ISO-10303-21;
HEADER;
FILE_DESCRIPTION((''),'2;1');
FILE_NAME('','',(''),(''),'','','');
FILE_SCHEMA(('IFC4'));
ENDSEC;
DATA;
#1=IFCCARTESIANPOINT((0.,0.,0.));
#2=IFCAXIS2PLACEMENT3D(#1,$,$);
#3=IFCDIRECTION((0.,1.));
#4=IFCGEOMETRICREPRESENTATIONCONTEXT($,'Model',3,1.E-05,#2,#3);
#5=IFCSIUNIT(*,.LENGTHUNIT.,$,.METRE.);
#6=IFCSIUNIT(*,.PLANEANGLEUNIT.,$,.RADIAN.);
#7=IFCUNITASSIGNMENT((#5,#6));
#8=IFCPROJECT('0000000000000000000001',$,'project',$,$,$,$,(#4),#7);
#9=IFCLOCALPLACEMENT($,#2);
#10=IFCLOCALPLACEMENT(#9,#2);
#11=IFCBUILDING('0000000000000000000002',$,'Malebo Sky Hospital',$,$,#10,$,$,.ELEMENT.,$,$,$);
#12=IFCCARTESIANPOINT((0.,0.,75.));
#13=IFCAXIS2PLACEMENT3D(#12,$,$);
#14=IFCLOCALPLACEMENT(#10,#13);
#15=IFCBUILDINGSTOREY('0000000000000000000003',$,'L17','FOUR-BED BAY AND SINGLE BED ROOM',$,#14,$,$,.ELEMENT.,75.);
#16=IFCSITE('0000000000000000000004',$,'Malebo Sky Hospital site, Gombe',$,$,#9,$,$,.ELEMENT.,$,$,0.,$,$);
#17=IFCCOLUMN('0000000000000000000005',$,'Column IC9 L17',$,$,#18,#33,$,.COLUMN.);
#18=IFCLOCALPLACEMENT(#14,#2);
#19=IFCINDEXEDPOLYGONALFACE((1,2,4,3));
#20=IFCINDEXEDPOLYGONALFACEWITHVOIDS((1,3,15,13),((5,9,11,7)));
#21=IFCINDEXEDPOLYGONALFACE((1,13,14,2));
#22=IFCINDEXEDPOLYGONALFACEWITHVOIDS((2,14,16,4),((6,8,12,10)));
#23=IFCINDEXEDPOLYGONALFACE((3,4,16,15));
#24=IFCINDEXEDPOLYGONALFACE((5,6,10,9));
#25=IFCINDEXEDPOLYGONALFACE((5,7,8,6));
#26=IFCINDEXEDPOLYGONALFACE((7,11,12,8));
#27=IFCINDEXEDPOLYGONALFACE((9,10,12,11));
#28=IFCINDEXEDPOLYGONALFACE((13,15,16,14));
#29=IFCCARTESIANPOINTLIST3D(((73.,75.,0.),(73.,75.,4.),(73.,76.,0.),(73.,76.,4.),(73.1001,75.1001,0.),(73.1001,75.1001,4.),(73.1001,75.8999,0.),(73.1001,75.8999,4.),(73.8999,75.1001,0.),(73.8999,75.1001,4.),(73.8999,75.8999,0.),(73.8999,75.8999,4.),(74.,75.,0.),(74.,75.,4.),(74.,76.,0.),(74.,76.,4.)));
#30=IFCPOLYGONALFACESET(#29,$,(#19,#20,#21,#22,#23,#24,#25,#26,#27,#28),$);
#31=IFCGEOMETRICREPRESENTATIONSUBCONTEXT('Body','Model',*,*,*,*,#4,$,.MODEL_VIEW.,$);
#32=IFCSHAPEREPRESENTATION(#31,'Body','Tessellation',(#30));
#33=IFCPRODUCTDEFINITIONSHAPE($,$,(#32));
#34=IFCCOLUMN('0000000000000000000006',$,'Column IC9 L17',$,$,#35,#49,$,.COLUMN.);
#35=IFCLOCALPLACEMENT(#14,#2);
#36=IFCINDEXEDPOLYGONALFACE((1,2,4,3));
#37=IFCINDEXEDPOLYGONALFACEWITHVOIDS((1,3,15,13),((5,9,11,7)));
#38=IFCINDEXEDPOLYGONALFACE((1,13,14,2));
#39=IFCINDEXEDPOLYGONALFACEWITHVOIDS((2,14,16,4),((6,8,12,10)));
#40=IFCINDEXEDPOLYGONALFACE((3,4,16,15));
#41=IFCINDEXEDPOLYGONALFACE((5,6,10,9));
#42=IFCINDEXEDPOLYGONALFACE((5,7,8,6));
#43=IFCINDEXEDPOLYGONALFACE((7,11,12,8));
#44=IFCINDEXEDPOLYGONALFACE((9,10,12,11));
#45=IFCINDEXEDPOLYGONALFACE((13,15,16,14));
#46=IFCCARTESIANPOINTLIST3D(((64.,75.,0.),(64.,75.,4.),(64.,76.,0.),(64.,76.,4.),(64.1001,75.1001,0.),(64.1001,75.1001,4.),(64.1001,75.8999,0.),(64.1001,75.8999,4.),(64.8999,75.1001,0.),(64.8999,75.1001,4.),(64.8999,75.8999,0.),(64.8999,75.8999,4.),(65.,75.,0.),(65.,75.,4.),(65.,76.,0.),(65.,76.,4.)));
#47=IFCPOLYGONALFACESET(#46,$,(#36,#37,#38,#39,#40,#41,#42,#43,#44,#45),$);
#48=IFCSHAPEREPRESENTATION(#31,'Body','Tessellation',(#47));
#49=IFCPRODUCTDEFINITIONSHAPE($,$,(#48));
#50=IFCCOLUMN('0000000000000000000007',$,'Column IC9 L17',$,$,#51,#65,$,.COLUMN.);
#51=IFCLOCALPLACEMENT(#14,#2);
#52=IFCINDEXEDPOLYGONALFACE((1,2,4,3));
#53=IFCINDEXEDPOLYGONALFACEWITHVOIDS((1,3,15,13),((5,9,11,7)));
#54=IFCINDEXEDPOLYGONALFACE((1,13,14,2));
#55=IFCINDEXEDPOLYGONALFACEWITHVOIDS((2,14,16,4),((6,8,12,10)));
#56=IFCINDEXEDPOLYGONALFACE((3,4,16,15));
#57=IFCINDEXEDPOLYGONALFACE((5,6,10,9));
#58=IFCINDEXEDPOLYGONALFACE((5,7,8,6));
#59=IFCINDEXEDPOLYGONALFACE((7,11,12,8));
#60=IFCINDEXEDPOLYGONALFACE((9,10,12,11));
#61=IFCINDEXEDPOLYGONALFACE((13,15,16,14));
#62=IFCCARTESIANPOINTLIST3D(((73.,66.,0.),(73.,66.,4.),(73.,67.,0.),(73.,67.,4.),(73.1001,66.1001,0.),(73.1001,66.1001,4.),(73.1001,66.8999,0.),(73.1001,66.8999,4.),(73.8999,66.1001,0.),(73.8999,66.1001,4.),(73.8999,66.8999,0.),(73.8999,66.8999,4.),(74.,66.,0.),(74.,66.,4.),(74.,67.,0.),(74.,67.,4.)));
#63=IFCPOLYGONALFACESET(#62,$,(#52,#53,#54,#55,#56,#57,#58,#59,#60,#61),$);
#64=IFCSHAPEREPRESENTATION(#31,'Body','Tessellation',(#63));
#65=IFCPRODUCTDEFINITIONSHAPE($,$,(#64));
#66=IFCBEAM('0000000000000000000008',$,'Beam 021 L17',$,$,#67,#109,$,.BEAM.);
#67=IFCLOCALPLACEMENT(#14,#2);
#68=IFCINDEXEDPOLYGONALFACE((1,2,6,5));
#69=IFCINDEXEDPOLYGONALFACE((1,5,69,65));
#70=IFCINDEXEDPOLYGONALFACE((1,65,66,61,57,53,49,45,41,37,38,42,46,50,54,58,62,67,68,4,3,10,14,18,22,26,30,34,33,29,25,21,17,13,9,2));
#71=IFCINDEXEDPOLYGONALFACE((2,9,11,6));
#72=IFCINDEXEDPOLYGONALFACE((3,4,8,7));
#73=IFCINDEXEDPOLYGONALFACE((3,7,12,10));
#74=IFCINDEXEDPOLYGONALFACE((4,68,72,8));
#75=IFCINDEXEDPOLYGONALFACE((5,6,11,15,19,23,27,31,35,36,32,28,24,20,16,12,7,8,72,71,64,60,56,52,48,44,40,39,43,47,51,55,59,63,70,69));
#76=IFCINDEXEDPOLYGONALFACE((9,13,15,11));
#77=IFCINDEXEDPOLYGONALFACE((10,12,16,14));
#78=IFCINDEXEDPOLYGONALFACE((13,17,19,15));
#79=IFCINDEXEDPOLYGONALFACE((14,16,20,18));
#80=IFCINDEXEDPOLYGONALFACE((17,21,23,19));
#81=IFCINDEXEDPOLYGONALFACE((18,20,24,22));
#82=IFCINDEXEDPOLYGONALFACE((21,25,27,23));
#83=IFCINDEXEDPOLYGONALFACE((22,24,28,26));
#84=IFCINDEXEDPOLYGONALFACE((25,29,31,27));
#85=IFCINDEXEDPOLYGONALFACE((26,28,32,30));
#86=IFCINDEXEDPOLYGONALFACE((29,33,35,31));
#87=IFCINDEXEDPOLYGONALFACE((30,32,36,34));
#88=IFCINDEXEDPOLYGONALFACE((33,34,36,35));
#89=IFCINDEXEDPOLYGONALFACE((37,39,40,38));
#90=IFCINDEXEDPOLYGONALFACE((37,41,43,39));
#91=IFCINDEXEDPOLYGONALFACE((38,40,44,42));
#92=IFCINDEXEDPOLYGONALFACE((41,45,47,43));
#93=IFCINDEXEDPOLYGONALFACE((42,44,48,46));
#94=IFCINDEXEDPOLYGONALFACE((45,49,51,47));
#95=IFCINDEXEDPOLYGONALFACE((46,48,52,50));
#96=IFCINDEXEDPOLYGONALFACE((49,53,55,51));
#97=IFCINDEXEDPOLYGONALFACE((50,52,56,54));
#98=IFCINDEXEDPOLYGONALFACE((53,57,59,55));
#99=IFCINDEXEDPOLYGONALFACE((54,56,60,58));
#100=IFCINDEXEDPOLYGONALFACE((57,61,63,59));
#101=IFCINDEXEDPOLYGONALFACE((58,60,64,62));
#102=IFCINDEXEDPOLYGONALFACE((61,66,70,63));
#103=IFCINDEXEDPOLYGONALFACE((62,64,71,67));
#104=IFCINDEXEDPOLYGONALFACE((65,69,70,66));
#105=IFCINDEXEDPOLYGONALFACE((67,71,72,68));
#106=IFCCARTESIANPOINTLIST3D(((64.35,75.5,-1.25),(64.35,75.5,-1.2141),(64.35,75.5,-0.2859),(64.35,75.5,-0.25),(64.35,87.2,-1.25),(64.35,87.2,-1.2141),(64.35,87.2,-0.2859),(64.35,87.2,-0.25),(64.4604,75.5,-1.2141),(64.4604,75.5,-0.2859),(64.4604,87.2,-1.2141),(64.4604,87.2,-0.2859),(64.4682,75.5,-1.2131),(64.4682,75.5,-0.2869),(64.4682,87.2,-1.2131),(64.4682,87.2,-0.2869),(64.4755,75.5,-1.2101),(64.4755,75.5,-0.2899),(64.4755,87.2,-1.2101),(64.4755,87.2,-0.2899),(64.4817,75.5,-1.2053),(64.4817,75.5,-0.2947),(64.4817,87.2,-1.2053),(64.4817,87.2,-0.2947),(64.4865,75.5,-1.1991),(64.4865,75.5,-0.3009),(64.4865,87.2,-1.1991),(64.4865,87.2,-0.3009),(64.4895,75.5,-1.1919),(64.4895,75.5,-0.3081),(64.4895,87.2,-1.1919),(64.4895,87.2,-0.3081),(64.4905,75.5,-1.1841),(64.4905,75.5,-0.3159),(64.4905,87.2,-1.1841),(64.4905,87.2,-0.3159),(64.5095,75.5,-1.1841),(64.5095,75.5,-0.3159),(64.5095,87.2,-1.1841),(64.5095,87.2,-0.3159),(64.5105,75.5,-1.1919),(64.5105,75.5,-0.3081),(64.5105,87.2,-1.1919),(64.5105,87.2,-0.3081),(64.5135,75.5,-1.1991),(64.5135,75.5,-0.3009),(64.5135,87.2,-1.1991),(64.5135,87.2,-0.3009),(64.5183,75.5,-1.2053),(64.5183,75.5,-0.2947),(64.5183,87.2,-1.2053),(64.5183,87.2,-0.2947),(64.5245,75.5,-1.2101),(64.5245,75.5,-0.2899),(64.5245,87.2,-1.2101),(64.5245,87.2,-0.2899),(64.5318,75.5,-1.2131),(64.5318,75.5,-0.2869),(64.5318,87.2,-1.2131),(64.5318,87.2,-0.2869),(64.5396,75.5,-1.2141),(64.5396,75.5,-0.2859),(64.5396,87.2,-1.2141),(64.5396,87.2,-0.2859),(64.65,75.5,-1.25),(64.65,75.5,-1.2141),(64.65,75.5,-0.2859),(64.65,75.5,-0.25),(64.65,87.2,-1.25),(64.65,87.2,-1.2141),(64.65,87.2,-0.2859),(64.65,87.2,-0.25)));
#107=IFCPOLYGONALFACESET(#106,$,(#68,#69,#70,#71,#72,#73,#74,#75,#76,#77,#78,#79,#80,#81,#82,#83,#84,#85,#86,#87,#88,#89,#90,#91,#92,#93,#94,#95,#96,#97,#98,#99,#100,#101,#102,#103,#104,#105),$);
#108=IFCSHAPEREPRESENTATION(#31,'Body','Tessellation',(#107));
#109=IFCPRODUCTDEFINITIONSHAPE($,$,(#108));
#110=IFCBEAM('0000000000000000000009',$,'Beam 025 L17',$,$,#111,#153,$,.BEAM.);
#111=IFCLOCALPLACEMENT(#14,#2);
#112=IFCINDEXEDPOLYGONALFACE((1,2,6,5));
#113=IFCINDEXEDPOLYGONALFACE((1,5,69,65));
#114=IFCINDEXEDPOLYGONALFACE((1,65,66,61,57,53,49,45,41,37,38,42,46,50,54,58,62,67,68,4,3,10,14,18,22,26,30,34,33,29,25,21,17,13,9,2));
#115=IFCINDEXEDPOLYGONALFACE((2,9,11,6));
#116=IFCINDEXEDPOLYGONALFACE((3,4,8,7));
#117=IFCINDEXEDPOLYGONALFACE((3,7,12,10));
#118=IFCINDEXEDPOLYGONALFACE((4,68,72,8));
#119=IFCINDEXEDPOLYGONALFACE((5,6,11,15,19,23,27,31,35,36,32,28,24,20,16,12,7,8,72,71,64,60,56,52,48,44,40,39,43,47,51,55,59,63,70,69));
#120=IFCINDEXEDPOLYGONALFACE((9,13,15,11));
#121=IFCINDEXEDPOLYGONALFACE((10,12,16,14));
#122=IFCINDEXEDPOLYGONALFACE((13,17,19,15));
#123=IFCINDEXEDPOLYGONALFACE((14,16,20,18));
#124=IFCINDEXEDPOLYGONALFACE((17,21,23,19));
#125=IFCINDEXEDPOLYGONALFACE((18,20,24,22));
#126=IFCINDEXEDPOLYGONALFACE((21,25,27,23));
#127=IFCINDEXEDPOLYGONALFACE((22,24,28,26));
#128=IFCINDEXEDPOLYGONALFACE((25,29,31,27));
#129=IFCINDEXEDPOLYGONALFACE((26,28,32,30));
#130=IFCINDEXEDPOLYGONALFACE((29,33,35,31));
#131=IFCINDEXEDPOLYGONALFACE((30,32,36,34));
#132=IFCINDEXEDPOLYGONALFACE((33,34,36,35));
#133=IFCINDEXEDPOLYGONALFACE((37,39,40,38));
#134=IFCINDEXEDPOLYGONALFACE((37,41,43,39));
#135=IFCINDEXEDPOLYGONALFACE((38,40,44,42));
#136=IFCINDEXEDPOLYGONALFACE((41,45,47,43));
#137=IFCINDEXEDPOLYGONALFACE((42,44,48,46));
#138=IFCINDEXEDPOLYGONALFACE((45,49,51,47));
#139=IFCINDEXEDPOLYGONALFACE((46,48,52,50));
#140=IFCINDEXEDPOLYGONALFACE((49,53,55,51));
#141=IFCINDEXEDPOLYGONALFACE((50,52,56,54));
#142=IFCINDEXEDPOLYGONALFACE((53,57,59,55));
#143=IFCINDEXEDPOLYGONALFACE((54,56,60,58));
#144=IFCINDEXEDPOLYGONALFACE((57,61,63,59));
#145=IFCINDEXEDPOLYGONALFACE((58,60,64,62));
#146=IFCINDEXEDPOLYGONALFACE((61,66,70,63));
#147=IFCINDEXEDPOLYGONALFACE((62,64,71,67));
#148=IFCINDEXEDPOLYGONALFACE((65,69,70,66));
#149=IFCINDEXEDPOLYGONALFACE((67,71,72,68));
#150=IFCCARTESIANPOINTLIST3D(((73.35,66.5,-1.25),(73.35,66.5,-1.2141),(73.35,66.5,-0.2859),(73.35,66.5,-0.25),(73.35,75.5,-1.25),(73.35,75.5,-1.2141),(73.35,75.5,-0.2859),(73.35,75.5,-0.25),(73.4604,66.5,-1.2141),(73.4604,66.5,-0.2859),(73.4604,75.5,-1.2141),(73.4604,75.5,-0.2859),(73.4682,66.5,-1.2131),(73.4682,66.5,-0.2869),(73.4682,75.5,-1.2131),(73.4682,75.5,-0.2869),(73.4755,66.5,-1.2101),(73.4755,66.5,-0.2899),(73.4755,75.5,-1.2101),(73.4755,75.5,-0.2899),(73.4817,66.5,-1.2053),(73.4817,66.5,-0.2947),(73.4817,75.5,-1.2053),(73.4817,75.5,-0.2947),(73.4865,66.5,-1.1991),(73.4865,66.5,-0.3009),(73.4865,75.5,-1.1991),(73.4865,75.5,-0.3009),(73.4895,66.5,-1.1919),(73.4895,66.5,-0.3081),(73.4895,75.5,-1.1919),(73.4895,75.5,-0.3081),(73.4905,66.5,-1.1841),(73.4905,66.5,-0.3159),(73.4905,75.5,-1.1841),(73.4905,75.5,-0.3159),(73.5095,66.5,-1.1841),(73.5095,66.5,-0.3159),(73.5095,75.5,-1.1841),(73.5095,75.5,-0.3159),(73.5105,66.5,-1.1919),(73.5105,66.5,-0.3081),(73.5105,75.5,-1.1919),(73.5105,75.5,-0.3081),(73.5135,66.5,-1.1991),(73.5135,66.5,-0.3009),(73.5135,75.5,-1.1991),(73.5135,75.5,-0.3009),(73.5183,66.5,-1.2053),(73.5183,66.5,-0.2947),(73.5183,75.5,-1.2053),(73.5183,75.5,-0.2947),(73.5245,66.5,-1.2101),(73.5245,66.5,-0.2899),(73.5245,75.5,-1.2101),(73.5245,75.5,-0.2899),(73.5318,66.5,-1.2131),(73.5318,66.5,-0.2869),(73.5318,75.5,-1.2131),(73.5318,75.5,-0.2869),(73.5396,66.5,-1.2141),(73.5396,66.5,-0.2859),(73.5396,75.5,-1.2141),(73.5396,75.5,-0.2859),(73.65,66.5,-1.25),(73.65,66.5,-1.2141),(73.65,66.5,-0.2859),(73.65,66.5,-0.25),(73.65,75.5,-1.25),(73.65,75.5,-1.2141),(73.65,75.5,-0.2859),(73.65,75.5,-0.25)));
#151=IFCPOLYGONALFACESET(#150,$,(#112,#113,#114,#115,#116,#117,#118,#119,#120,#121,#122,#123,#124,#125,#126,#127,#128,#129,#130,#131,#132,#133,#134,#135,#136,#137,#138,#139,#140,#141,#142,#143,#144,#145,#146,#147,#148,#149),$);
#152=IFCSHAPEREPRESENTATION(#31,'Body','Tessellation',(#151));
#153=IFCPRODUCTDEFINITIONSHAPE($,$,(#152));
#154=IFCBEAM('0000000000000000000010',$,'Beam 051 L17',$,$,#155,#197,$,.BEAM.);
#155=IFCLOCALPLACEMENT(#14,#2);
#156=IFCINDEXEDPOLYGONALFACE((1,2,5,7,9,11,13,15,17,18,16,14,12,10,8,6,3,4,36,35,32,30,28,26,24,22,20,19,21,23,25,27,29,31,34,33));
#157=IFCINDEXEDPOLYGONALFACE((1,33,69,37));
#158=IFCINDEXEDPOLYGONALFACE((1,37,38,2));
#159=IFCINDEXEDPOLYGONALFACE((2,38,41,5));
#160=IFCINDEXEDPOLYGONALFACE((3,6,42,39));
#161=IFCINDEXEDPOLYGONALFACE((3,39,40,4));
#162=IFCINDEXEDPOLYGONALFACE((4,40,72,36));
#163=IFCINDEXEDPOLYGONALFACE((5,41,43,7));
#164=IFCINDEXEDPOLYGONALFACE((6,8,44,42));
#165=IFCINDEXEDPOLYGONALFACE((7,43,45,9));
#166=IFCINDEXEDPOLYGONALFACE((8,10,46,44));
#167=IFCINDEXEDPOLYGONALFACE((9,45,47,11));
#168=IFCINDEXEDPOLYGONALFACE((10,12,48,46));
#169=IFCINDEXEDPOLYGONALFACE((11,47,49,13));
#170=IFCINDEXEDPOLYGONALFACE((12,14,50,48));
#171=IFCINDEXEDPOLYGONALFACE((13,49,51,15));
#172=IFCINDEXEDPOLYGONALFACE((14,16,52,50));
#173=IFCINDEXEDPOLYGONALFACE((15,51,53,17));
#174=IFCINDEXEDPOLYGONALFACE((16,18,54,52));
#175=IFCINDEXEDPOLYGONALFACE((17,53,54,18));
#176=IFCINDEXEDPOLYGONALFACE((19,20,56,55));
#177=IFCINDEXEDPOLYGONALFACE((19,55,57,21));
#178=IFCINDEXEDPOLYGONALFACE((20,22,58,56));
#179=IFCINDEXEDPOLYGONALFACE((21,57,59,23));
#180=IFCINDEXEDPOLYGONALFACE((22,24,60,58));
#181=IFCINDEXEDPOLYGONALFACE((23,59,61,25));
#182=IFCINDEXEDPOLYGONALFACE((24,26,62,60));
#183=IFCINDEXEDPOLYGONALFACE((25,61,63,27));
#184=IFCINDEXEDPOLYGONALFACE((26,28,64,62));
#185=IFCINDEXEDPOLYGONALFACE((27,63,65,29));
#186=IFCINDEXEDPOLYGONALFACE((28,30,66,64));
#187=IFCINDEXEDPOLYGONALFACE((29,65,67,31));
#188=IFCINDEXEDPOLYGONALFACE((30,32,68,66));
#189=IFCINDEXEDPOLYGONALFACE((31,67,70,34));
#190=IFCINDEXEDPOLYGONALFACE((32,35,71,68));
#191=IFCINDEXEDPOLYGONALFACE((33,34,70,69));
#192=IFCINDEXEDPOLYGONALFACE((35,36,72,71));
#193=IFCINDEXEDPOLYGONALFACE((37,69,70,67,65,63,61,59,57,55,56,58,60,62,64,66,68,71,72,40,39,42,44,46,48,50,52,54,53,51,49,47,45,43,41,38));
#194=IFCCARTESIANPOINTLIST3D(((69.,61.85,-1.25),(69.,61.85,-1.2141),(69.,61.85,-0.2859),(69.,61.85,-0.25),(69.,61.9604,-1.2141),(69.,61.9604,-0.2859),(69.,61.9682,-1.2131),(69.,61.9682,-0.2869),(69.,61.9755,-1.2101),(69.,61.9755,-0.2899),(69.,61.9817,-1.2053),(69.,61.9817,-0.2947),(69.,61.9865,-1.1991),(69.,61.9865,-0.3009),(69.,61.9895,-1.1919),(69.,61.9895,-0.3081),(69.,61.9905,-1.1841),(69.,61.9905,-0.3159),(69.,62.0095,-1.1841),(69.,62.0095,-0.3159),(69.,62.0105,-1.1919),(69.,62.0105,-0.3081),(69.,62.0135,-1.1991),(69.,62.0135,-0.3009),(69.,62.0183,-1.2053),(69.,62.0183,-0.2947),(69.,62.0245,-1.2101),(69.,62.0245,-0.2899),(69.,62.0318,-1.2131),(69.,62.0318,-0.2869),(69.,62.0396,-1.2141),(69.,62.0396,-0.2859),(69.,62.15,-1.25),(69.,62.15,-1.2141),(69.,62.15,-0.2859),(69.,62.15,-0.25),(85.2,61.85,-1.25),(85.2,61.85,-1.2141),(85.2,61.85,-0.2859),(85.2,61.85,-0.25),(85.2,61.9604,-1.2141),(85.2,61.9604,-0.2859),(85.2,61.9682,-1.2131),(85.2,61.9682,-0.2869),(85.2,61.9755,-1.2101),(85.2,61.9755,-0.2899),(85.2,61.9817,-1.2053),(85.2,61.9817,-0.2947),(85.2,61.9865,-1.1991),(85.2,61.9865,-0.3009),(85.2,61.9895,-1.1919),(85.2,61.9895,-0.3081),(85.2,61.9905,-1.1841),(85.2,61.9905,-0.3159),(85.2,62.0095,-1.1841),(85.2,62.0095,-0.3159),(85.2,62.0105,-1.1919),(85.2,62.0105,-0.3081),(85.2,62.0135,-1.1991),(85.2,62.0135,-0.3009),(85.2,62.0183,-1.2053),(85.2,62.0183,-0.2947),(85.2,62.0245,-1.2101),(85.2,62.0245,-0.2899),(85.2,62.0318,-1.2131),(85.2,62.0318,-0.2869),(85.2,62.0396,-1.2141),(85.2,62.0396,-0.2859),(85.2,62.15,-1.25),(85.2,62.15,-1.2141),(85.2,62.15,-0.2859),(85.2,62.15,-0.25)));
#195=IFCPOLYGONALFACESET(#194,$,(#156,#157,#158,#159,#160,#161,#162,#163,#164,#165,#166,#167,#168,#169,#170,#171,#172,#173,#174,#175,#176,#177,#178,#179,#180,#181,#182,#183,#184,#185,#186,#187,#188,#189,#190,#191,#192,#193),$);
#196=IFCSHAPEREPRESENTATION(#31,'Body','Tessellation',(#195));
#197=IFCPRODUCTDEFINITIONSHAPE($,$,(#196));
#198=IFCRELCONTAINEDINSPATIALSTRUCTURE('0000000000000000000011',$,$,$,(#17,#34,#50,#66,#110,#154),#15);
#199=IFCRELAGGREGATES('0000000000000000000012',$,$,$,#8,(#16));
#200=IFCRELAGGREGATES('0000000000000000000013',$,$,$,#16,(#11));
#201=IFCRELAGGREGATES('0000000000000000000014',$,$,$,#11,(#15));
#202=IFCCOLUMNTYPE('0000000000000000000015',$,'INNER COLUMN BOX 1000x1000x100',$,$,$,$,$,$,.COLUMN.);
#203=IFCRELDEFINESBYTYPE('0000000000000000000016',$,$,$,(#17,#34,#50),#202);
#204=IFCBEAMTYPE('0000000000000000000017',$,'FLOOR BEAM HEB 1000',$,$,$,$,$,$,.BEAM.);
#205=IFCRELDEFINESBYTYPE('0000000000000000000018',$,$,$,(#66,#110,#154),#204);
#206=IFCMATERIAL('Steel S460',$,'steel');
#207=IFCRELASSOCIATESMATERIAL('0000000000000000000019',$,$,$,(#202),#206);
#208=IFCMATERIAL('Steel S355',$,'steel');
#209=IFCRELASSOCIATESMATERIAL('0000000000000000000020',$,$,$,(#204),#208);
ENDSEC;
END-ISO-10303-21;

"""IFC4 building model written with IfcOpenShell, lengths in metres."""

from ifc_helpers import new_model, si_unit, direction, frame, origin, origin_2d, place, context, subcontext, project, spatial, hollow_rectangle, i_section, extrude, material, material_profile, profile_set, type_object, element, save


model = new_model("IFC4")

# Units and contexts
model_context = context("Model", 3, precision=1e-05, world=origin(), true_north=direction((0.0, 1.0)))
body_context = subcontext(model_context, "Body", "Model", "MODEL_VIEW")
ifc_project = project(units=[si_unit("LENGTHUNIT", "METRE"), si_unit("PLANEANGLEUNIT", "RADIAN")], contexts=[model_context])

# Site, building, storey
site_placement = place(None, origin())
site = spatial("IfcSite", under=ifc_project, at=site_placement, Name="Malebo Sky Hospital site, Gombe", CompositionType="ELEMENT", RefElevation=0.0)
building_placement = place(site_placement, origin())
building = spatial("IfcBuilding", under=site, at=building_placement, Name="Malebo Sky Hospital", CompositionType="ELEMENT")
storey_placement = place(building_placement, frame((0.0, 0.0, 75.0)))
storey = spatial("IfcBuildingStorey", under=building, at=storey_placement, Name="L17", Description="FOUR-BED BAY AND SINGLE BED ROOM", CompositionType="ELEMENT", Elevation=75.0)

# Columns
ifc_material_1 = material(Name="Steel S460", Category="steel")
ifc_material_profile_1 = material_profile(ifc_material_1, hollow_rectangle(XDim=1.0, YDim=1.0, WallThickness=0.1001, at=origin_2d()), Name="BOX 1000x1000x100")
ifc_profile_set_1 = profile_set([ifc_material_profile_1], Name="Steel S460")
column_type = type_object("IfcColumnType", Name="INNER COLUMN BOX 1000x1000x100", PredefinedType="COLUMN", material=ifc_profile_set_1)
for number, where, z_axis, x_axis, name in (
    (1, (73.5, 75.5, 0.0), (0.0, 0.0, 1.0), (1.0, 0.0, 0.0), "Column IC9 L17"),
    (2, (64.5, 75.5, 0.0), (0.0, 0.0, 1.0), (1.0, 0.0, 0.0), "Column IC9 L17"),
    (3, (73.5, 66.5, 0.0), (0.0, 0.0, 1.0), (1.0, 0.0, 0.0), "Column IC9 L17"),
):
    element("IfcColumn", number, at=place(storey_placement, frame(where, z_axis=z_axis, x_axis=x_axis)), inside=storey, type_object=column_type, Name=name, PredefinedType="COLUMN", context=body_context, shape_type="SweptSolid", body=[
        extrude(hollow_rectangle(XDim=1.0, YDim=1.0, WallThickness=0.1001, at=origin_2d()), origin(), (0.0, 0.0, 1.0), 4.0),
    ])

# Beams
ifc_material_2 = material(Name="Steel S355", Category="steel")
ifc_material_profile_2 = material_profile(ifc_material_2, i_section(OverallWidth=0.3, OverallDepth=1.0, WebThickness=0.019, FlangeThickness=0.0359, FilletRadius=0.03, at=origin_2d()), Name="HEB 1000")
ifc_profile_set_2 = profile_set([ifc_material_profile_2], Name="Steel S355")
beam_type_1 = type_object("IfcBeamType", Name="FLOOR BEAM HEB 1000", PredefinedType="BEAM", material=ifc_profile_set_2)
beam_1_placement = place(storey_placement, frame((64.5, 75.5, -0.75), z_axis=(0.0, 1.0, 0.0), x_axis=(-1.0, 0.0, 0.0)))
element("IfcBeam", 4, at=beam_1_placement, inside=storey, type_object=beam_type_1, Name="Beam 021 L17", PredefinedType="BEAM", context=body_context, shape_type="SweptSolid", body=[
    extrude(i_section(OverallWidth=0.3, OverallDepth=1.0, WebThickness=0.019, FlangeThickness=0.0359, FilletRadius=0.03, at=origin_2d()), origin(), (0.0, 0.0, 1.0), 11.7),
])
beam_2_placement = place(storey_placement, frame((73.5, 66.5, -0.75), z_axis=(0.0, 1.0, 0.0), x_axis=(-1.0, 0.0, 0.0)))
element("IfcBeam", 5, at=beam_2_placement, inside=storey, type_object=beam_type_1, Name="Beam 025 L17", PredefinedType="BEAM", context=body_context, shape_type="SweptSolid", body=[
    extrude(i_section(OverallWidth=0.3, OverallDepth=1.0, WebThickness=0.019, FlangeThickness=0.0359, FilletRadius=0.03, at=origin_2d()), origin(), (0.0, 0.0, 1.0), 9.0),
])
beam_3_placement = place(storey_placement, frame((69.0, 62.0, -0.75), z_axis=(1.0, 0.0, 0.0), x_axis=(0.0, 1.0, 0.0)))
element("IfcBeam", 6, at=beam_3_placement, inside=storey, type_object=beam_type_1, Name="Beam 051 L17", PredefinedType="BEAM", context=body_context, shape_type="SweptSolid", body=[
    extrude(i_section(OverallWidth=0.3, OverallDepth=1.0, WebThickness=0.019, FlangeThickness=0.0359, FilletRadius=0.03, at=origin_2d()), origin(), (0.0, 0.0, 1.0), 16.2),
])

save(model, "model.ifc")
